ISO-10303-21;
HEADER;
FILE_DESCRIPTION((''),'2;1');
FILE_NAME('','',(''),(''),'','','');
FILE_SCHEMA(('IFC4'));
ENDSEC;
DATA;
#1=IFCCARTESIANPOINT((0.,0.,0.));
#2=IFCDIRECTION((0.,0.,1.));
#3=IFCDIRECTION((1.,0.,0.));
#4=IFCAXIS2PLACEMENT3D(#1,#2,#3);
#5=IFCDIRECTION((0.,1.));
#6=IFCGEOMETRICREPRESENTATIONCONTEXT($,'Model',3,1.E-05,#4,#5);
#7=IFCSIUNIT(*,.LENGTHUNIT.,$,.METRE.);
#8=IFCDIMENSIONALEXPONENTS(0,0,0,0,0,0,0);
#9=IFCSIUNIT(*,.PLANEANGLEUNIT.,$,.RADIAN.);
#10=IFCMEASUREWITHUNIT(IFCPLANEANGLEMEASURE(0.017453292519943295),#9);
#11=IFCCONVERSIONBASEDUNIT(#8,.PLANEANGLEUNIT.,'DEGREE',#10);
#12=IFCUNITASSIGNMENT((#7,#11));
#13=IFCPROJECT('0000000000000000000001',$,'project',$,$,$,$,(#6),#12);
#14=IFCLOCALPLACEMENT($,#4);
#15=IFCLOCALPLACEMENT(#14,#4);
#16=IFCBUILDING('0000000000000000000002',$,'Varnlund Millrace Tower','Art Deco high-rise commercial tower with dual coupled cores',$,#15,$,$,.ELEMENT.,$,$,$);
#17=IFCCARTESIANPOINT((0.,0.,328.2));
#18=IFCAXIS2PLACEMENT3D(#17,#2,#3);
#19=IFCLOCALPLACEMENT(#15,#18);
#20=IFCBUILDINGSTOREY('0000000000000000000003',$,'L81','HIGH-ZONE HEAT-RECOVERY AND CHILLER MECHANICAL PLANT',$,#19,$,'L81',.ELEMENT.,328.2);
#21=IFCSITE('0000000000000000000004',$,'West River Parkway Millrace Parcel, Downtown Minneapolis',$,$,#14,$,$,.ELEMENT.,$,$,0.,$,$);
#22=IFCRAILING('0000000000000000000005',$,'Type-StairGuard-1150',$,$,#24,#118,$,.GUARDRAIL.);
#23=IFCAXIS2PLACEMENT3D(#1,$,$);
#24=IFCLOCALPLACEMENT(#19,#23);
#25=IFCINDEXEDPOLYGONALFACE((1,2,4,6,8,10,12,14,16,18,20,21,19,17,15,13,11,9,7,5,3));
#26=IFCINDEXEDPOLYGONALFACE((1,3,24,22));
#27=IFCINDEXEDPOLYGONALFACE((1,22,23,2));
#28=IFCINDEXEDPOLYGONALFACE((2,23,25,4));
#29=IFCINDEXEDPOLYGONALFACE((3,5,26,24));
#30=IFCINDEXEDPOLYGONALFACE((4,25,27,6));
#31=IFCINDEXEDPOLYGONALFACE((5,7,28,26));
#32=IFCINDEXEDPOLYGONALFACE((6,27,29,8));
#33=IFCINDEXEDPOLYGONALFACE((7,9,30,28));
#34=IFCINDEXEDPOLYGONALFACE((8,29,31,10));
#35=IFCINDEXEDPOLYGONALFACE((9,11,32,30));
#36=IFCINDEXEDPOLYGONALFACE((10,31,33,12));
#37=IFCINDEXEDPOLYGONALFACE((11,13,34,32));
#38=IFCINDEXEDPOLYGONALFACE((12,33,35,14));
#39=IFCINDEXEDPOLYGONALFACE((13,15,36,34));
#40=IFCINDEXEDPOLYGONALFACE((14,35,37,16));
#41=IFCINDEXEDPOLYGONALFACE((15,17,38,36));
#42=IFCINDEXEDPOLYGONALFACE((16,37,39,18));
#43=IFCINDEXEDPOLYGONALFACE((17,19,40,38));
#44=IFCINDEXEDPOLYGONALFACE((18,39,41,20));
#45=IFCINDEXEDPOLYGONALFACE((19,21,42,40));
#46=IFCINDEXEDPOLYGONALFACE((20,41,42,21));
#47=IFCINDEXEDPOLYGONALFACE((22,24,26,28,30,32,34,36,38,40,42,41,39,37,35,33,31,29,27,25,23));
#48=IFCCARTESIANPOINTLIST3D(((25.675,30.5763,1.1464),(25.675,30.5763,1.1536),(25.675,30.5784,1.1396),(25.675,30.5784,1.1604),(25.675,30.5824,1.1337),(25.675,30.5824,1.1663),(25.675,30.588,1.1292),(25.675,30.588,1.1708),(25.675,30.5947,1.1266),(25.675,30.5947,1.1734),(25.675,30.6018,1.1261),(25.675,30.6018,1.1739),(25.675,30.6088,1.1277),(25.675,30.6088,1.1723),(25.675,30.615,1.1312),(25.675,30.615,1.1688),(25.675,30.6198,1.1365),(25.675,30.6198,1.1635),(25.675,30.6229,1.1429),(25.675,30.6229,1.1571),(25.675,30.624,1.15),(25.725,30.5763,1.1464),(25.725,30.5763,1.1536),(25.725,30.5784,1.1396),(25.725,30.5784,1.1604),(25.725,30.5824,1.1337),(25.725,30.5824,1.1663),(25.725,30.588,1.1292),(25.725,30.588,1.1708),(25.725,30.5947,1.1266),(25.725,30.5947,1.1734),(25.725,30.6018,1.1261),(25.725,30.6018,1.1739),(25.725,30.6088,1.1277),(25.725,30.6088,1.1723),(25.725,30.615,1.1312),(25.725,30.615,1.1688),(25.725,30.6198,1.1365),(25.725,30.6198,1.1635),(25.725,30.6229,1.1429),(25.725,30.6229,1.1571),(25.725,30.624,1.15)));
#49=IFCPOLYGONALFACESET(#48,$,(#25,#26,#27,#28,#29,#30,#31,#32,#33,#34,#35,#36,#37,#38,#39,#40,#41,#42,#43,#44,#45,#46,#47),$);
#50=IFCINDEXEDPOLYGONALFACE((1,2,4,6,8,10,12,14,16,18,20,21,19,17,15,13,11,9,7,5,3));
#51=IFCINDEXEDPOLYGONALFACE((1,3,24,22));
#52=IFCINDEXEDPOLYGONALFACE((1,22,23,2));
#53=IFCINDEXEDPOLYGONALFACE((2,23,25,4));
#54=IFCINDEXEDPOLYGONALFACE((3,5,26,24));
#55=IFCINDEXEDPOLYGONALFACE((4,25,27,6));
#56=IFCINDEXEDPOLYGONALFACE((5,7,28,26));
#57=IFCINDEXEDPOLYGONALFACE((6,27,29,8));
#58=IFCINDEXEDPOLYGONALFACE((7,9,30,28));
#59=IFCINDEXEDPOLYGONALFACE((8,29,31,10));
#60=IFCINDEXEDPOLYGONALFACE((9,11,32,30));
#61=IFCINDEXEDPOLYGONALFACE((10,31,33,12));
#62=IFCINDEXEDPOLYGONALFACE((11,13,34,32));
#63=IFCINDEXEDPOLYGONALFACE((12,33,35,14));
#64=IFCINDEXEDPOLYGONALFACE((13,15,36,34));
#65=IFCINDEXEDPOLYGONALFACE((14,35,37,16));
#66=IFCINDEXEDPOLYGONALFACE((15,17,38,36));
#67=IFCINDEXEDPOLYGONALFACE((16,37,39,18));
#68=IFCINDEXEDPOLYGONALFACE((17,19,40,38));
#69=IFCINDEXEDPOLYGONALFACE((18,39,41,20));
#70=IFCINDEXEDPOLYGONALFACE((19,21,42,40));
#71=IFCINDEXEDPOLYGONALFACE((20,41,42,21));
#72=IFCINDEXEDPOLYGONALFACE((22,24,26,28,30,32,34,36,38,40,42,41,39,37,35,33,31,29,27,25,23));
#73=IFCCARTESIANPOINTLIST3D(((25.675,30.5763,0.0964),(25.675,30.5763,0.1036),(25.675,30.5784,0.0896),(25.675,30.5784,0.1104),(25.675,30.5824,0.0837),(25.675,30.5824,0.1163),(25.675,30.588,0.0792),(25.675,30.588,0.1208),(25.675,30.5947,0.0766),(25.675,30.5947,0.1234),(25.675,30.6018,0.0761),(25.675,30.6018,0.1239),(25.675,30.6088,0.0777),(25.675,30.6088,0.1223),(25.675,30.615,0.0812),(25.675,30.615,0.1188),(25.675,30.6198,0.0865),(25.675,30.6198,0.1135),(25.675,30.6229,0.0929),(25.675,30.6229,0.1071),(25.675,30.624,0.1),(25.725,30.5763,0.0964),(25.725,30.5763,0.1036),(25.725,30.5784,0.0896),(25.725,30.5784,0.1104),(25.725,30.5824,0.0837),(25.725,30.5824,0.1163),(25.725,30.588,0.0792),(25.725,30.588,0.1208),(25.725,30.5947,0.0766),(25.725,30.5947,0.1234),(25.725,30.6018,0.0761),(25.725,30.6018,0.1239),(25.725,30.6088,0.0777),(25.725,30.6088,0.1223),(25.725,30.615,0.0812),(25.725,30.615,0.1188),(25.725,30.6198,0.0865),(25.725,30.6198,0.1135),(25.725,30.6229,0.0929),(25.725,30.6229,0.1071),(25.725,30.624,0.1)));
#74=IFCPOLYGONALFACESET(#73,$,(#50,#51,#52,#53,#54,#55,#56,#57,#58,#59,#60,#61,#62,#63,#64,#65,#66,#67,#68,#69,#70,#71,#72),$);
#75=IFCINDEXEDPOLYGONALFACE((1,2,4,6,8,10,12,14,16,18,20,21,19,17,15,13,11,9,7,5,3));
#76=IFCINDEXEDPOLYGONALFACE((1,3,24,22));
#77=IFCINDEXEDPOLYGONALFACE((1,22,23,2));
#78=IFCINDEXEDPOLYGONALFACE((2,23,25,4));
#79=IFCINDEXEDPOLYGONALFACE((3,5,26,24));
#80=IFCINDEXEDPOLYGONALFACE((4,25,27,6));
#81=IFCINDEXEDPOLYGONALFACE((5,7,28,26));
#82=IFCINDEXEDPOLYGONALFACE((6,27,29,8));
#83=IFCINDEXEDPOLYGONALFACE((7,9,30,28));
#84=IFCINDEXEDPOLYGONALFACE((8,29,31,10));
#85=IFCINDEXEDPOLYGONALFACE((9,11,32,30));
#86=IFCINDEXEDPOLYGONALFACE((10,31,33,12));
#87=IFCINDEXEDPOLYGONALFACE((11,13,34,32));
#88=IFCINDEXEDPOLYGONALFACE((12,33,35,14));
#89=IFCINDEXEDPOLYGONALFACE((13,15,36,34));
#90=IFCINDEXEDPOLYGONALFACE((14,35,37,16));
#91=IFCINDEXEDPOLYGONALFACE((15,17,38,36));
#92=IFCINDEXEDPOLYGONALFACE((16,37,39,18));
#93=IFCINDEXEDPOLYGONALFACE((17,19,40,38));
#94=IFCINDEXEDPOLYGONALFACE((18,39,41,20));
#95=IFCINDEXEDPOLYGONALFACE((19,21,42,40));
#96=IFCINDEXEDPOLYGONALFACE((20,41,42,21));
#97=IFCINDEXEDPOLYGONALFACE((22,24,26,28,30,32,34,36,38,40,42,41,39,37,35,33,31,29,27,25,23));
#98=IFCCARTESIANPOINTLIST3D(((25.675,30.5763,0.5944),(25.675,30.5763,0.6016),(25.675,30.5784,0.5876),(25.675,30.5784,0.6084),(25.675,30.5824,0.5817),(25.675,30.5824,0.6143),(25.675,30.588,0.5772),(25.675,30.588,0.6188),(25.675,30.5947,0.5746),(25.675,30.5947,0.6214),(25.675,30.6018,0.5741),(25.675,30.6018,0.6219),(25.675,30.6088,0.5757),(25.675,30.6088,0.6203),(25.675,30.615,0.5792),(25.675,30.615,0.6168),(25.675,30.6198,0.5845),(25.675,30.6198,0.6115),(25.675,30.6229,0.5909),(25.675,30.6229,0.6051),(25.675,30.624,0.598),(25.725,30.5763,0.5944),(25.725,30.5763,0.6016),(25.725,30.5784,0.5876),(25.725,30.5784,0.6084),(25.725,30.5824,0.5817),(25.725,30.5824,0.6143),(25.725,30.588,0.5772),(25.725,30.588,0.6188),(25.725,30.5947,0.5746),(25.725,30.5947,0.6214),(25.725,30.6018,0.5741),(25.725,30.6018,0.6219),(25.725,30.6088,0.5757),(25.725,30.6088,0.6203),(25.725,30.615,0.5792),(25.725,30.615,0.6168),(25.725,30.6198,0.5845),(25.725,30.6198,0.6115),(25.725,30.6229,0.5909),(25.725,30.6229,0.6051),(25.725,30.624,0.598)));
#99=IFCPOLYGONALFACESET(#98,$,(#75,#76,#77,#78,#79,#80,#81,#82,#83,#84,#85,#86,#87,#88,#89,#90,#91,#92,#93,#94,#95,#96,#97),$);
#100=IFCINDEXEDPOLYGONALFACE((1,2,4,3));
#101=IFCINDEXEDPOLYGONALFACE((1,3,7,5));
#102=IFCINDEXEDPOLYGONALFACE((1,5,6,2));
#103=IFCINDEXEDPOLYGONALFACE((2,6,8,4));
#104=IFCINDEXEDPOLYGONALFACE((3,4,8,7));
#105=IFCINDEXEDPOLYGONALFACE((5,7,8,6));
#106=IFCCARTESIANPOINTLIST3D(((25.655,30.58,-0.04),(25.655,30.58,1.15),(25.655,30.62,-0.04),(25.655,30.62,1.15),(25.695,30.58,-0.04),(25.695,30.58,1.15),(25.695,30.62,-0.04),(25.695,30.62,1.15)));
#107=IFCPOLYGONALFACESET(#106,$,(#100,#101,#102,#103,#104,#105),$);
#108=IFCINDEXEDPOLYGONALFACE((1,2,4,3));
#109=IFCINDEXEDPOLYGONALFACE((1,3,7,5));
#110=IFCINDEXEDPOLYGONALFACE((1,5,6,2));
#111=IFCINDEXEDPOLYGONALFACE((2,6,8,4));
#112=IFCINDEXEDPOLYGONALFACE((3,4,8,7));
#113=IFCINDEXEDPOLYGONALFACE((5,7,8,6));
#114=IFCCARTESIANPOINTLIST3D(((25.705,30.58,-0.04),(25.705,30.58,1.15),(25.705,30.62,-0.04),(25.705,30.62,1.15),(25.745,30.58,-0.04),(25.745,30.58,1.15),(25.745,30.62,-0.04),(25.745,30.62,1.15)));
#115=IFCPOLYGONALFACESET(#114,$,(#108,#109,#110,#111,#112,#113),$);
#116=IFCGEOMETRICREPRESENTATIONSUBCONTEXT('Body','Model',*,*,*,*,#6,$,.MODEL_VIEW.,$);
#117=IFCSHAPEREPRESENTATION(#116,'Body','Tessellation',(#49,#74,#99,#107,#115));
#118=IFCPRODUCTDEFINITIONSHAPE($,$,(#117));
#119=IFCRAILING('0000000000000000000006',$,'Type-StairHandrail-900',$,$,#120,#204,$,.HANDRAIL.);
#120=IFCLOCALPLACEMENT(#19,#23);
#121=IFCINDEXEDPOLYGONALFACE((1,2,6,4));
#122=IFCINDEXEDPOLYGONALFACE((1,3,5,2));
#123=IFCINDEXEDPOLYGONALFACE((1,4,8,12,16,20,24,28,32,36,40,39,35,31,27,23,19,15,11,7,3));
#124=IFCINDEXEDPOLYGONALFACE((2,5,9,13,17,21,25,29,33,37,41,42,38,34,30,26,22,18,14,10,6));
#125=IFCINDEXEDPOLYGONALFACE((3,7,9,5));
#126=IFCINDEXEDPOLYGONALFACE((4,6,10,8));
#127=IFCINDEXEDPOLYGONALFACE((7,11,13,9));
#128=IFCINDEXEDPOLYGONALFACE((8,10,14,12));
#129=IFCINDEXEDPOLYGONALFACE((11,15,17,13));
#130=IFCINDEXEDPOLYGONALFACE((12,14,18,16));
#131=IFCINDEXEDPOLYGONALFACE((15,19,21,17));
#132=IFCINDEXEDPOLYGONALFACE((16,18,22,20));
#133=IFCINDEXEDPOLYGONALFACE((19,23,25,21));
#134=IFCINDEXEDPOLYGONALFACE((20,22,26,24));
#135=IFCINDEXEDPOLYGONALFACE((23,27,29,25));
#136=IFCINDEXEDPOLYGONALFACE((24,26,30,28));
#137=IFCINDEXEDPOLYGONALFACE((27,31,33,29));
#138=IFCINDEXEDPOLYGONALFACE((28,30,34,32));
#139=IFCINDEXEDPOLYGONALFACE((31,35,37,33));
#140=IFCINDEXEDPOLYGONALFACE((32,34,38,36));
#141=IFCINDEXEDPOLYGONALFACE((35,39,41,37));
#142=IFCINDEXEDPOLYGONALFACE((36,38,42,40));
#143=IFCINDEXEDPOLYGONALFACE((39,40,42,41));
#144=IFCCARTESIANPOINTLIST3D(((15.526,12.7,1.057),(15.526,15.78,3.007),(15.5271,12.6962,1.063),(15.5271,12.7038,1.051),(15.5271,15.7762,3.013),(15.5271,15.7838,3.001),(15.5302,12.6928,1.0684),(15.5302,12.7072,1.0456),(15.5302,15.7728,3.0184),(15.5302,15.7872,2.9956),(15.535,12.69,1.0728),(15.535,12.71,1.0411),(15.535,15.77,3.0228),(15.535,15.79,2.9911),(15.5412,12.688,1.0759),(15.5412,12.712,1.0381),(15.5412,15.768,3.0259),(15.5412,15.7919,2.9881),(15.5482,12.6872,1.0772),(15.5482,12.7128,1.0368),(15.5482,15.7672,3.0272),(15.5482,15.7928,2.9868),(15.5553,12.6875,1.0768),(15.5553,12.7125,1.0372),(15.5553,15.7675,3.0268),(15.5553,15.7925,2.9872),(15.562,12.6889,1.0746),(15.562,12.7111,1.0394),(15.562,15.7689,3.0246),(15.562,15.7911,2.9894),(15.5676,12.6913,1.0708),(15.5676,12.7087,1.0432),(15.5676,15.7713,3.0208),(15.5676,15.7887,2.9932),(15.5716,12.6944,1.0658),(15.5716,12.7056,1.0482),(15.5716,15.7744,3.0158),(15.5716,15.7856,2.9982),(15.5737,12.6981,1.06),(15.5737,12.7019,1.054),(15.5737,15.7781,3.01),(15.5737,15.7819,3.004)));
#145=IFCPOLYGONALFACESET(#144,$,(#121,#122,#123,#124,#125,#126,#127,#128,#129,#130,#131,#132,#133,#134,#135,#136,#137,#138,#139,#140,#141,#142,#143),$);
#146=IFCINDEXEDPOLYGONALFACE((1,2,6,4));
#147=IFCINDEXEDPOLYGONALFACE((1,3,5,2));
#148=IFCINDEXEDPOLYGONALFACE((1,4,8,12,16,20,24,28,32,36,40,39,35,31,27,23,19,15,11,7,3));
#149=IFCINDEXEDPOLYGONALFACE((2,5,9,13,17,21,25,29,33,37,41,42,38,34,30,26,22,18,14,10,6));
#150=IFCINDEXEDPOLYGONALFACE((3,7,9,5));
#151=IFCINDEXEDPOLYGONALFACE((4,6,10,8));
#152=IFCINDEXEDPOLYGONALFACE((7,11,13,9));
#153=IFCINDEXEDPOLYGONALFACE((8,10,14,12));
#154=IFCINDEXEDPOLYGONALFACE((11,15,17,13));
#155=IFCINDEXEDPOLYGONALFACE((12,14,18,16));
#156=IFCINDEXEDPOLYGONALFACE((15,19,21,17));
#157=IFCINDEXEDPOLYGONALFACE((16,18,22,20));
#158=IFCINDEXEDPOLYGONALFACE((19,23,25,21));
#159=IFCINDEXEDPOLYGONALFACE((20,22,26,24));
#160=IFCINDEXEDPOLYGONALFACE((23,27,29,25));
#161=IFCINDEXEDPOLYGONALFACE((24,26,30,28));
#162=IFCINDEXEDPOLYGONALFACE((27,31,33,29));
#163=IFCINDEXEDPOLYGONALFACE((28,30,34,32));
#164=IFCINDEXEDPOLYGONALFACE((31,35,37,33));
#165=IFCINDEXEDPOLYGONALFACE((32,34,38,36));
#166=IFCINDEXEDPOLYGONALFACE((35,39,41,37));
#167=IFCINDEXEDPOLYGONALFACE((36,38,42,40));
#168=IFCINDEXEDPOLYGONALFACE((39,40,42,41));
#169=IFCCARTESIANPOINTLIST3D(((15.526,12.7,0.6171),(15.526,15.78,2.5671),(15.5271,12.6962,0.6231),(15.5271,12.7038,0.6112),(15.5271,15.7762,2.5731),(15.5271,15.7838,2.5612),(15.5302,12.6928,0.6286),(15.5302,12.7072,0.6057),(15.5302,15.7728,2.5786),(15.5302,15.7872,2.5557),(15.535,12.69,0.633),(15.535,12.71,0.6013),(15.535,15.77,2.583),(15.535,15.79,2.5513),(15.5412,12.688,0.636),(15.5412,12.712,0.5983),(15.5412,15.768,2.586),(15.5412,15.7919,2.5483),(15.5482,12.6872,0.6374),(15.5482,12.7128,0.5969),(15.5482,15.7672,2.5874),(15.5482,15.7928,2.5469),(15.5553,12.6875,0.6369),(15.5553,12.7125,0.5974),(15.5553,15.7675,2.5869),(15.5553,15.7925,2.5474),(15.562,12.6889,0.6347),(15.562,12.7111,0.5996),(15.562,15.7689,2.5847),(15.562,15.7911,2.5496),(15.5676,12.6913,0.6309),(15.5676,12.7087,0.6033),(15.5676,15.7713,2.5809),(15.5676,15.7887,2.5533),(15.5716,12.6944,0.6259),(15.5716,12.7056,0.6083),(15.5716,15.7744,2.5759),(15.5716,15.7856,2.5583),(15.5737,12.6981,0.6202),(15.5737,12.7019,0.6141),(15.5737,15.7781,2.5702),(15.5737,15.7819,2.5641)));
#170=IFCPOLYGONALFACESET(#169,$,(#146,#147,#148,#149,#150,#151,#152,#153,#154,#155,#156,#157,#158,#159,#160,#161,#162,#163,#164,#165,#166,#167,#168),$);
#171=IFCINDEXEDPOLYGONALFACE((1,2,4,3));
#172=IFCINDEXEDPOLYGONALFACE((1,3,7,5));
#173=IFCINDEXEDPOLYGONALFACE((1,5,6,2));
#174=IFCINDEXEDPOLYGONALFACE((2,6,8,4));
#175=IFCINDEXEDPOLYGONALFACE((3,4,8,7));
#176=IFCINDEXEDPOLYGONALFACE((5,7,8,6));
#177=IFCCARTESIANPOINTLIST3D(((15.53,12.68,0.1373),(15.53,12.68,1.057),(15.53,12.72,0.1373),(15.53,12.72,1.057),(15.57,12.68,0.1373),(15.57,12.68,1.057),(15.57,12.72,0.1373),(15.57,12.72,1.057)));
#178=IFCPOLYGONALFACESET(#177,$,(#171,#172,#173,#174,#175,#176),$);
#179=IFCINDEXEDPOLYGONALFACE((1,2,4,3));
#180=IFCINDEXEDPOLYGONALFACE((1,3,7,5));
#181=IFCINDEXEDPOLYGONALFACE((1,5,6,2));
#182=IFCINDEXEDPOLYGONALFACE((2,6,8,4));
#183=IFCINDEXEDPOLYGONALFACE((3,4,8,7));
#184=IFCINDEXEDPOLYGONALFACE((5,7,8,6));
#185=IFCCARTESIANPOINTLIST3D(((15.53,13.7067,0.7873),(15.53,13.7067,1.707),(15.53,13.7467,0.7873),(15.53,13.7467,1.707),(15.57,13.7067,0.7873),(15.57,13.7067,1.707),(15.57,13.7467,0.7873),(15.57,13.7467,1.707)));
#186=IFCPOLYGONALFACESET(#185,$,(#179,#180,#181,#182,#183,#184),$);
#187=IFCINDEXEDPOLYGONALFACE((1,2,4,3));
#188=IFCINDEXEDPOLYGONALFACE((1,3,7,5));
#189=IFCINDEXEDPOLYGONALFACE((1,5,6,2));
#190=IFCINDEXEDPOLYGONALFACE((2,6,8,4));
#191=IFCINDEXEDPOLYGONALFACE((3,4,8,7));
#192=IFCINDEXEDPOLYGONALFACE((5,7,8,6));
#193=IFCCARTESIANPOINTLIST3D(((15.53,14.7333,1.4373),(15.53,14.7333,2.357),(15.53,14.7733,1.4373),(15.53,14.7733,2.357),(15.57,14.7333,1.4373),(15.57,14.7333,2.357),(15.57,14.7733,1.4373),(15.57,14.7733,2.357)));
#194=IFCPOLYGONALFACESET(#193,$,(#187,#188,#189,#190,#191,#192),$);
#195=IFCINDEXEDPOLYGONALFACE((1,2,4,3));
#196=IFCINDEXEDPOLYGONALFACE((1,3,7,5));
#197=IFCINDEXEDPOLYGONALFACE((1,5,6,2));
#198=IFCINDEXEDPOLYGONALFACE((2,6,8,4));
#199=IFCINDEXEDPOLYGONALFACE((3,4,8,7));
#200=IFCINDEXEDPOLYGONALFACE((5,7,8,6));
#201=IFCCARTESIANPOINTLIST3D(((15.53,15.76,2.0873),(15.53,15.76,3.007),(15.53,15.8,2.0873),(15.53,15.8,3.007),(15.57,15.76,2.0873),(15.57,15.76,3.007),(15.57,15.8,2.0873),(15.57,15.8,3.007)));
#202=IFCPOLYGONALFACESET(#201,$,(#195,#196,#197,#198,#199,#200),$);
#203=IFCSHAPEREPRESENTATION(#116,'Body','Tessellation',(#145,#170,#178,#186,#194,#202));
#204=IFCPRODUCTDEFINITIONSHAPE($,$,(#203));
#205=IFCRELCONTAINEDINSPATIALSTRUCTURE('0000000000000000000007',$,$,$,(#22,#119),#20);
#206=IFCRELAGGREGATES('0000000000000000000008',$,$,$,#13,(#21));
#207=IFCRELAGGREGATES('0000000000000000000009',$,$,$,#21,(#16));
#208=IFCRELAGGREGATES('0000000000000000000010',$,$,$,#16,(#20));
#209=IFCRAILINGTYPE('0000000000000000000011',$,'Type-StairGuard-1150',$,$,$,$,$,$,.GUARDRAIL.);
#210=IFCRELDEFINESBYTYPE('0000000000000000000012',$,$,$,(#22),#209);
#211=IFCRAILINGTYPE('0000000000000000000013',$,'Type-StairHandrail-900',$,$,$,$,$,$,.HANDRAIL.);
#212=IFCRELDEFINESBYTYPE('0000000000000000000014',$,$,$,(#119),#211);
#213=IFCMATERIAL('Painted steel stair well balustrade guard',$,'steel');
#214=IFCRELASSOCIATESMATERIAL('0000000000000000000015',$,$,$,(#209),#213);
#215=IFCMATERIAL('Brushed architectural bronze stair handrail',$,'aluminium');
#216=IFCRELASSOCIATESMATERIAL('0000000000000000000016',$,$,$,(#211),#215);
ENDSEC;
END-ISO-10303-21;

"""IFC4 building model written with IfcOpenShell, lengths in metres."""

from ifc_helpers import new_model, entity, si_unit, converted_unit, direction, frame, origin_with_axes, origin_2d_with_axis, place, context, subcontext, project, spatial, rectangle, circle, extrude, material, type_object, element, save


model = new_model("IFC4")

# Units and contexts
model_context = context("Model", 3, precision=1e-05, world=origin_with_axes(), true_north=direction((0.0, 1.0)))
body_context = subcontext(model_context, "Body", "Model", "MODEL_VIEW")
ifc_project = project(units=[si_unit("LENGTHUNIT", "METRE"), converted_unit("PLANEANGLEUNIT", "DEGREE", entity("IfcPlaneAngleMeasure", 0.017453292519943295), si_unit("PLANEANGLEUNIT", "RADIAN"), dimensions=[0, 0, 0, 0, 0, 0, 0])], contexts=[model_context])

# Site, building, storey
site_placement = place(None, origin_with_axes())
site = spatial("IfcSite", under=ifc_project, at=site_placement, Name="West River Parkway Millrace Parcel, Downtown Minneapolis", CompositionType="ELEMENT", RefElevation=0.0)
building_placement = place(site_placement, origin_with_axes())
building = spatial("IfcBuilding", under=site, at=building_placement, Name="Varnlund Millrace Tower", Description="Art Deco high-rise commercial tower with dual coupled cores", CompositionType="ELEMENT")
storey_placement = place(building_placement, frame((0.0, 0.0, 328.2), z_axis=(0.0, 0.0, 1.0), x_axis=(1.0, 0.0, 0.0)))
storey = spatial("IfcBuildingStorey", under=building, at=storey_placement, Name="L81", Description="HIGH-ZONE HEAT-RECOVERY AND CHILLER MECHANICAL PLANT", LongName="L81", CompositionType="ELEMENT", Elevation=328.2)

# Railings
ifc_material_1 = material(Name="Painted steel stair well balustrade guard", Category="steel")
railing_type_1 = type_object("IfcRailingType", Name="Type-StairGuard-1150", PredefinedType="GUARDRAIL", material=ifc_material_1)
railing_1_placement = place(storey_placement, frame((0.0, 0.0, -328.2), z_axis=(0.0, 0.0, 1.0), x_axis=(1.0, 0.0, 0.0)))
element("IfcRailing", 1, at=railing_1_placement, inside=storey, type_object=railing_type_1, Name="Type-StairGuard-1150", PredefinedType="GUARDRAIL", context=body_context, shape_type="SweptSolid", body=[
    extrude(circle(Radius=0.024, at=origin_2d_with_axis()), frame((25.675, 30.6, 329.35), z_axis=(1.0, 0.0, 0.0), x_axis=(0.0, 1.0, 0.0)), (0.0, 0.0, 1.0), 0.05),
    extrude(circle(Radius=0.024, at=origin_2d_with_axis()), frame((25.675, 30.6, 328.3), z_axis=(1.0, 0.0, 0.0), x_axis=(0.0, 1.0, 0.0)), (0.0, 0.0, 1.0), 0.05),
    extrude(circle(Radius=0.024, at=origin_2d_with_axis()), frame((25.675, 30.6, 328.798), z_axis=(1.0, 0.0, 0.0), x_axis=(0.0, 1.0, 0.0)), (0.0, 0.0, 1.0), 0.05),
    extrude(rectangle(XDim=0.04, YDim=0.04, at=origin_2d_with_axis()), frame((25.675, 30.6, 328.16), z_axis=(0.0, 0.0, 1.0), x_axis=(1.0, 0.0, 0.0)), (0.0, 0.0, 1.0), 1.19),
    extrude(rectangle(XDim=0.04, YDim=0.04, at=origin_2d_with_axis()), frame((25.725, 30.6, 328.16), z_axis=(0.0, 0.0, 1.0), x_axis=(1.0, 0.0, 0.0)), (0.0, 0.0, 1.0), 1.19),
])
ifc_material_2 = material(Name="Brushed architectural bronze stair handrail", Category="aluminium")
railing_type_2 = type_object("IfcRailingType", Name="Type-StairHandrail-900", PredefinedType="HANDRAIL", material=ifc_material_2)
railing_2_placement = place(storey_placement, frame((0.0, 0.0, -328.2), z_axis=(0.0, 0.0, 1.0), x_axis=(1.0, 0.0, 0.0)))
element("IfcRailing", 2, at=railing_2_placement, inside=storey, type_object=railing_type_2, Name="Type-StairHandrail-900", PredefinedType="HANDRAIL", context=body_context, shape_type="SweptSolid", body=[
    extrude(circle(Radius=0.024, at=origin_2d_with_axis()), frame((15.55, 12.7, 329.257), z_axis=(0.0, 0.844902, 0.534922), x_axis=(-1.0, 0.0, 0.0)), (0.0, 0.0, 1.0), 3.6454),
    extrude(circle(Radius=0.024, at=origin_2d_with_axis()), frame((15.55, 12.7, 328.8171), z_axis=(0.0, 0.844902, 0.534922), x_axis=(-1.0, 0.0, 0.0)), (0.0, 0.0, 1.0), 3.6454),
    extrude(rectangle(XDim=0.04, YDim=0.04, at=origin_2d_with_axis()), frame((15.55, 12.7, 328.3373), z_axis=(0.0, 0.0, 1.0), x_axis=(1.0, 0.0, 0.0)), (0.0, 0.0, 1.0), 0.9197),
    extrude(rectangle(XDim=0.04, YDim=0.04, at=origin_2d_with_axis()), frame((15.55, 13.7267, 328.9873), z_axis=(0.0, 0.0, 1.0), x_axis=(1.0, 0.0, 0.0)), (0.0, 0.0, 1.0), 0.9197),
    extrude(rectangle(XDim=0.04, YDim=0.04, at=origin_2d_with_axis()), frame((15.55, 14.7533, 329.6373), z_axis=(0.0, 0.0, 1.0), x_axis=(1.0, 0.0, 0.0)), (0.0, 0.0, 1.0), 0.9197),
    extrude(rectangle(XDim=0.04, YDim=0.04, at=origin_2d_with_axis()), frame((15.55, 15.78, 330.2873), z_axis=(0.0, 0.0, 1.0), x_axis=(1.0, 0.0, 0.0)), (0.0, 0.0, 1.0), 0.9197),
])

save(model, "model.ifc")
